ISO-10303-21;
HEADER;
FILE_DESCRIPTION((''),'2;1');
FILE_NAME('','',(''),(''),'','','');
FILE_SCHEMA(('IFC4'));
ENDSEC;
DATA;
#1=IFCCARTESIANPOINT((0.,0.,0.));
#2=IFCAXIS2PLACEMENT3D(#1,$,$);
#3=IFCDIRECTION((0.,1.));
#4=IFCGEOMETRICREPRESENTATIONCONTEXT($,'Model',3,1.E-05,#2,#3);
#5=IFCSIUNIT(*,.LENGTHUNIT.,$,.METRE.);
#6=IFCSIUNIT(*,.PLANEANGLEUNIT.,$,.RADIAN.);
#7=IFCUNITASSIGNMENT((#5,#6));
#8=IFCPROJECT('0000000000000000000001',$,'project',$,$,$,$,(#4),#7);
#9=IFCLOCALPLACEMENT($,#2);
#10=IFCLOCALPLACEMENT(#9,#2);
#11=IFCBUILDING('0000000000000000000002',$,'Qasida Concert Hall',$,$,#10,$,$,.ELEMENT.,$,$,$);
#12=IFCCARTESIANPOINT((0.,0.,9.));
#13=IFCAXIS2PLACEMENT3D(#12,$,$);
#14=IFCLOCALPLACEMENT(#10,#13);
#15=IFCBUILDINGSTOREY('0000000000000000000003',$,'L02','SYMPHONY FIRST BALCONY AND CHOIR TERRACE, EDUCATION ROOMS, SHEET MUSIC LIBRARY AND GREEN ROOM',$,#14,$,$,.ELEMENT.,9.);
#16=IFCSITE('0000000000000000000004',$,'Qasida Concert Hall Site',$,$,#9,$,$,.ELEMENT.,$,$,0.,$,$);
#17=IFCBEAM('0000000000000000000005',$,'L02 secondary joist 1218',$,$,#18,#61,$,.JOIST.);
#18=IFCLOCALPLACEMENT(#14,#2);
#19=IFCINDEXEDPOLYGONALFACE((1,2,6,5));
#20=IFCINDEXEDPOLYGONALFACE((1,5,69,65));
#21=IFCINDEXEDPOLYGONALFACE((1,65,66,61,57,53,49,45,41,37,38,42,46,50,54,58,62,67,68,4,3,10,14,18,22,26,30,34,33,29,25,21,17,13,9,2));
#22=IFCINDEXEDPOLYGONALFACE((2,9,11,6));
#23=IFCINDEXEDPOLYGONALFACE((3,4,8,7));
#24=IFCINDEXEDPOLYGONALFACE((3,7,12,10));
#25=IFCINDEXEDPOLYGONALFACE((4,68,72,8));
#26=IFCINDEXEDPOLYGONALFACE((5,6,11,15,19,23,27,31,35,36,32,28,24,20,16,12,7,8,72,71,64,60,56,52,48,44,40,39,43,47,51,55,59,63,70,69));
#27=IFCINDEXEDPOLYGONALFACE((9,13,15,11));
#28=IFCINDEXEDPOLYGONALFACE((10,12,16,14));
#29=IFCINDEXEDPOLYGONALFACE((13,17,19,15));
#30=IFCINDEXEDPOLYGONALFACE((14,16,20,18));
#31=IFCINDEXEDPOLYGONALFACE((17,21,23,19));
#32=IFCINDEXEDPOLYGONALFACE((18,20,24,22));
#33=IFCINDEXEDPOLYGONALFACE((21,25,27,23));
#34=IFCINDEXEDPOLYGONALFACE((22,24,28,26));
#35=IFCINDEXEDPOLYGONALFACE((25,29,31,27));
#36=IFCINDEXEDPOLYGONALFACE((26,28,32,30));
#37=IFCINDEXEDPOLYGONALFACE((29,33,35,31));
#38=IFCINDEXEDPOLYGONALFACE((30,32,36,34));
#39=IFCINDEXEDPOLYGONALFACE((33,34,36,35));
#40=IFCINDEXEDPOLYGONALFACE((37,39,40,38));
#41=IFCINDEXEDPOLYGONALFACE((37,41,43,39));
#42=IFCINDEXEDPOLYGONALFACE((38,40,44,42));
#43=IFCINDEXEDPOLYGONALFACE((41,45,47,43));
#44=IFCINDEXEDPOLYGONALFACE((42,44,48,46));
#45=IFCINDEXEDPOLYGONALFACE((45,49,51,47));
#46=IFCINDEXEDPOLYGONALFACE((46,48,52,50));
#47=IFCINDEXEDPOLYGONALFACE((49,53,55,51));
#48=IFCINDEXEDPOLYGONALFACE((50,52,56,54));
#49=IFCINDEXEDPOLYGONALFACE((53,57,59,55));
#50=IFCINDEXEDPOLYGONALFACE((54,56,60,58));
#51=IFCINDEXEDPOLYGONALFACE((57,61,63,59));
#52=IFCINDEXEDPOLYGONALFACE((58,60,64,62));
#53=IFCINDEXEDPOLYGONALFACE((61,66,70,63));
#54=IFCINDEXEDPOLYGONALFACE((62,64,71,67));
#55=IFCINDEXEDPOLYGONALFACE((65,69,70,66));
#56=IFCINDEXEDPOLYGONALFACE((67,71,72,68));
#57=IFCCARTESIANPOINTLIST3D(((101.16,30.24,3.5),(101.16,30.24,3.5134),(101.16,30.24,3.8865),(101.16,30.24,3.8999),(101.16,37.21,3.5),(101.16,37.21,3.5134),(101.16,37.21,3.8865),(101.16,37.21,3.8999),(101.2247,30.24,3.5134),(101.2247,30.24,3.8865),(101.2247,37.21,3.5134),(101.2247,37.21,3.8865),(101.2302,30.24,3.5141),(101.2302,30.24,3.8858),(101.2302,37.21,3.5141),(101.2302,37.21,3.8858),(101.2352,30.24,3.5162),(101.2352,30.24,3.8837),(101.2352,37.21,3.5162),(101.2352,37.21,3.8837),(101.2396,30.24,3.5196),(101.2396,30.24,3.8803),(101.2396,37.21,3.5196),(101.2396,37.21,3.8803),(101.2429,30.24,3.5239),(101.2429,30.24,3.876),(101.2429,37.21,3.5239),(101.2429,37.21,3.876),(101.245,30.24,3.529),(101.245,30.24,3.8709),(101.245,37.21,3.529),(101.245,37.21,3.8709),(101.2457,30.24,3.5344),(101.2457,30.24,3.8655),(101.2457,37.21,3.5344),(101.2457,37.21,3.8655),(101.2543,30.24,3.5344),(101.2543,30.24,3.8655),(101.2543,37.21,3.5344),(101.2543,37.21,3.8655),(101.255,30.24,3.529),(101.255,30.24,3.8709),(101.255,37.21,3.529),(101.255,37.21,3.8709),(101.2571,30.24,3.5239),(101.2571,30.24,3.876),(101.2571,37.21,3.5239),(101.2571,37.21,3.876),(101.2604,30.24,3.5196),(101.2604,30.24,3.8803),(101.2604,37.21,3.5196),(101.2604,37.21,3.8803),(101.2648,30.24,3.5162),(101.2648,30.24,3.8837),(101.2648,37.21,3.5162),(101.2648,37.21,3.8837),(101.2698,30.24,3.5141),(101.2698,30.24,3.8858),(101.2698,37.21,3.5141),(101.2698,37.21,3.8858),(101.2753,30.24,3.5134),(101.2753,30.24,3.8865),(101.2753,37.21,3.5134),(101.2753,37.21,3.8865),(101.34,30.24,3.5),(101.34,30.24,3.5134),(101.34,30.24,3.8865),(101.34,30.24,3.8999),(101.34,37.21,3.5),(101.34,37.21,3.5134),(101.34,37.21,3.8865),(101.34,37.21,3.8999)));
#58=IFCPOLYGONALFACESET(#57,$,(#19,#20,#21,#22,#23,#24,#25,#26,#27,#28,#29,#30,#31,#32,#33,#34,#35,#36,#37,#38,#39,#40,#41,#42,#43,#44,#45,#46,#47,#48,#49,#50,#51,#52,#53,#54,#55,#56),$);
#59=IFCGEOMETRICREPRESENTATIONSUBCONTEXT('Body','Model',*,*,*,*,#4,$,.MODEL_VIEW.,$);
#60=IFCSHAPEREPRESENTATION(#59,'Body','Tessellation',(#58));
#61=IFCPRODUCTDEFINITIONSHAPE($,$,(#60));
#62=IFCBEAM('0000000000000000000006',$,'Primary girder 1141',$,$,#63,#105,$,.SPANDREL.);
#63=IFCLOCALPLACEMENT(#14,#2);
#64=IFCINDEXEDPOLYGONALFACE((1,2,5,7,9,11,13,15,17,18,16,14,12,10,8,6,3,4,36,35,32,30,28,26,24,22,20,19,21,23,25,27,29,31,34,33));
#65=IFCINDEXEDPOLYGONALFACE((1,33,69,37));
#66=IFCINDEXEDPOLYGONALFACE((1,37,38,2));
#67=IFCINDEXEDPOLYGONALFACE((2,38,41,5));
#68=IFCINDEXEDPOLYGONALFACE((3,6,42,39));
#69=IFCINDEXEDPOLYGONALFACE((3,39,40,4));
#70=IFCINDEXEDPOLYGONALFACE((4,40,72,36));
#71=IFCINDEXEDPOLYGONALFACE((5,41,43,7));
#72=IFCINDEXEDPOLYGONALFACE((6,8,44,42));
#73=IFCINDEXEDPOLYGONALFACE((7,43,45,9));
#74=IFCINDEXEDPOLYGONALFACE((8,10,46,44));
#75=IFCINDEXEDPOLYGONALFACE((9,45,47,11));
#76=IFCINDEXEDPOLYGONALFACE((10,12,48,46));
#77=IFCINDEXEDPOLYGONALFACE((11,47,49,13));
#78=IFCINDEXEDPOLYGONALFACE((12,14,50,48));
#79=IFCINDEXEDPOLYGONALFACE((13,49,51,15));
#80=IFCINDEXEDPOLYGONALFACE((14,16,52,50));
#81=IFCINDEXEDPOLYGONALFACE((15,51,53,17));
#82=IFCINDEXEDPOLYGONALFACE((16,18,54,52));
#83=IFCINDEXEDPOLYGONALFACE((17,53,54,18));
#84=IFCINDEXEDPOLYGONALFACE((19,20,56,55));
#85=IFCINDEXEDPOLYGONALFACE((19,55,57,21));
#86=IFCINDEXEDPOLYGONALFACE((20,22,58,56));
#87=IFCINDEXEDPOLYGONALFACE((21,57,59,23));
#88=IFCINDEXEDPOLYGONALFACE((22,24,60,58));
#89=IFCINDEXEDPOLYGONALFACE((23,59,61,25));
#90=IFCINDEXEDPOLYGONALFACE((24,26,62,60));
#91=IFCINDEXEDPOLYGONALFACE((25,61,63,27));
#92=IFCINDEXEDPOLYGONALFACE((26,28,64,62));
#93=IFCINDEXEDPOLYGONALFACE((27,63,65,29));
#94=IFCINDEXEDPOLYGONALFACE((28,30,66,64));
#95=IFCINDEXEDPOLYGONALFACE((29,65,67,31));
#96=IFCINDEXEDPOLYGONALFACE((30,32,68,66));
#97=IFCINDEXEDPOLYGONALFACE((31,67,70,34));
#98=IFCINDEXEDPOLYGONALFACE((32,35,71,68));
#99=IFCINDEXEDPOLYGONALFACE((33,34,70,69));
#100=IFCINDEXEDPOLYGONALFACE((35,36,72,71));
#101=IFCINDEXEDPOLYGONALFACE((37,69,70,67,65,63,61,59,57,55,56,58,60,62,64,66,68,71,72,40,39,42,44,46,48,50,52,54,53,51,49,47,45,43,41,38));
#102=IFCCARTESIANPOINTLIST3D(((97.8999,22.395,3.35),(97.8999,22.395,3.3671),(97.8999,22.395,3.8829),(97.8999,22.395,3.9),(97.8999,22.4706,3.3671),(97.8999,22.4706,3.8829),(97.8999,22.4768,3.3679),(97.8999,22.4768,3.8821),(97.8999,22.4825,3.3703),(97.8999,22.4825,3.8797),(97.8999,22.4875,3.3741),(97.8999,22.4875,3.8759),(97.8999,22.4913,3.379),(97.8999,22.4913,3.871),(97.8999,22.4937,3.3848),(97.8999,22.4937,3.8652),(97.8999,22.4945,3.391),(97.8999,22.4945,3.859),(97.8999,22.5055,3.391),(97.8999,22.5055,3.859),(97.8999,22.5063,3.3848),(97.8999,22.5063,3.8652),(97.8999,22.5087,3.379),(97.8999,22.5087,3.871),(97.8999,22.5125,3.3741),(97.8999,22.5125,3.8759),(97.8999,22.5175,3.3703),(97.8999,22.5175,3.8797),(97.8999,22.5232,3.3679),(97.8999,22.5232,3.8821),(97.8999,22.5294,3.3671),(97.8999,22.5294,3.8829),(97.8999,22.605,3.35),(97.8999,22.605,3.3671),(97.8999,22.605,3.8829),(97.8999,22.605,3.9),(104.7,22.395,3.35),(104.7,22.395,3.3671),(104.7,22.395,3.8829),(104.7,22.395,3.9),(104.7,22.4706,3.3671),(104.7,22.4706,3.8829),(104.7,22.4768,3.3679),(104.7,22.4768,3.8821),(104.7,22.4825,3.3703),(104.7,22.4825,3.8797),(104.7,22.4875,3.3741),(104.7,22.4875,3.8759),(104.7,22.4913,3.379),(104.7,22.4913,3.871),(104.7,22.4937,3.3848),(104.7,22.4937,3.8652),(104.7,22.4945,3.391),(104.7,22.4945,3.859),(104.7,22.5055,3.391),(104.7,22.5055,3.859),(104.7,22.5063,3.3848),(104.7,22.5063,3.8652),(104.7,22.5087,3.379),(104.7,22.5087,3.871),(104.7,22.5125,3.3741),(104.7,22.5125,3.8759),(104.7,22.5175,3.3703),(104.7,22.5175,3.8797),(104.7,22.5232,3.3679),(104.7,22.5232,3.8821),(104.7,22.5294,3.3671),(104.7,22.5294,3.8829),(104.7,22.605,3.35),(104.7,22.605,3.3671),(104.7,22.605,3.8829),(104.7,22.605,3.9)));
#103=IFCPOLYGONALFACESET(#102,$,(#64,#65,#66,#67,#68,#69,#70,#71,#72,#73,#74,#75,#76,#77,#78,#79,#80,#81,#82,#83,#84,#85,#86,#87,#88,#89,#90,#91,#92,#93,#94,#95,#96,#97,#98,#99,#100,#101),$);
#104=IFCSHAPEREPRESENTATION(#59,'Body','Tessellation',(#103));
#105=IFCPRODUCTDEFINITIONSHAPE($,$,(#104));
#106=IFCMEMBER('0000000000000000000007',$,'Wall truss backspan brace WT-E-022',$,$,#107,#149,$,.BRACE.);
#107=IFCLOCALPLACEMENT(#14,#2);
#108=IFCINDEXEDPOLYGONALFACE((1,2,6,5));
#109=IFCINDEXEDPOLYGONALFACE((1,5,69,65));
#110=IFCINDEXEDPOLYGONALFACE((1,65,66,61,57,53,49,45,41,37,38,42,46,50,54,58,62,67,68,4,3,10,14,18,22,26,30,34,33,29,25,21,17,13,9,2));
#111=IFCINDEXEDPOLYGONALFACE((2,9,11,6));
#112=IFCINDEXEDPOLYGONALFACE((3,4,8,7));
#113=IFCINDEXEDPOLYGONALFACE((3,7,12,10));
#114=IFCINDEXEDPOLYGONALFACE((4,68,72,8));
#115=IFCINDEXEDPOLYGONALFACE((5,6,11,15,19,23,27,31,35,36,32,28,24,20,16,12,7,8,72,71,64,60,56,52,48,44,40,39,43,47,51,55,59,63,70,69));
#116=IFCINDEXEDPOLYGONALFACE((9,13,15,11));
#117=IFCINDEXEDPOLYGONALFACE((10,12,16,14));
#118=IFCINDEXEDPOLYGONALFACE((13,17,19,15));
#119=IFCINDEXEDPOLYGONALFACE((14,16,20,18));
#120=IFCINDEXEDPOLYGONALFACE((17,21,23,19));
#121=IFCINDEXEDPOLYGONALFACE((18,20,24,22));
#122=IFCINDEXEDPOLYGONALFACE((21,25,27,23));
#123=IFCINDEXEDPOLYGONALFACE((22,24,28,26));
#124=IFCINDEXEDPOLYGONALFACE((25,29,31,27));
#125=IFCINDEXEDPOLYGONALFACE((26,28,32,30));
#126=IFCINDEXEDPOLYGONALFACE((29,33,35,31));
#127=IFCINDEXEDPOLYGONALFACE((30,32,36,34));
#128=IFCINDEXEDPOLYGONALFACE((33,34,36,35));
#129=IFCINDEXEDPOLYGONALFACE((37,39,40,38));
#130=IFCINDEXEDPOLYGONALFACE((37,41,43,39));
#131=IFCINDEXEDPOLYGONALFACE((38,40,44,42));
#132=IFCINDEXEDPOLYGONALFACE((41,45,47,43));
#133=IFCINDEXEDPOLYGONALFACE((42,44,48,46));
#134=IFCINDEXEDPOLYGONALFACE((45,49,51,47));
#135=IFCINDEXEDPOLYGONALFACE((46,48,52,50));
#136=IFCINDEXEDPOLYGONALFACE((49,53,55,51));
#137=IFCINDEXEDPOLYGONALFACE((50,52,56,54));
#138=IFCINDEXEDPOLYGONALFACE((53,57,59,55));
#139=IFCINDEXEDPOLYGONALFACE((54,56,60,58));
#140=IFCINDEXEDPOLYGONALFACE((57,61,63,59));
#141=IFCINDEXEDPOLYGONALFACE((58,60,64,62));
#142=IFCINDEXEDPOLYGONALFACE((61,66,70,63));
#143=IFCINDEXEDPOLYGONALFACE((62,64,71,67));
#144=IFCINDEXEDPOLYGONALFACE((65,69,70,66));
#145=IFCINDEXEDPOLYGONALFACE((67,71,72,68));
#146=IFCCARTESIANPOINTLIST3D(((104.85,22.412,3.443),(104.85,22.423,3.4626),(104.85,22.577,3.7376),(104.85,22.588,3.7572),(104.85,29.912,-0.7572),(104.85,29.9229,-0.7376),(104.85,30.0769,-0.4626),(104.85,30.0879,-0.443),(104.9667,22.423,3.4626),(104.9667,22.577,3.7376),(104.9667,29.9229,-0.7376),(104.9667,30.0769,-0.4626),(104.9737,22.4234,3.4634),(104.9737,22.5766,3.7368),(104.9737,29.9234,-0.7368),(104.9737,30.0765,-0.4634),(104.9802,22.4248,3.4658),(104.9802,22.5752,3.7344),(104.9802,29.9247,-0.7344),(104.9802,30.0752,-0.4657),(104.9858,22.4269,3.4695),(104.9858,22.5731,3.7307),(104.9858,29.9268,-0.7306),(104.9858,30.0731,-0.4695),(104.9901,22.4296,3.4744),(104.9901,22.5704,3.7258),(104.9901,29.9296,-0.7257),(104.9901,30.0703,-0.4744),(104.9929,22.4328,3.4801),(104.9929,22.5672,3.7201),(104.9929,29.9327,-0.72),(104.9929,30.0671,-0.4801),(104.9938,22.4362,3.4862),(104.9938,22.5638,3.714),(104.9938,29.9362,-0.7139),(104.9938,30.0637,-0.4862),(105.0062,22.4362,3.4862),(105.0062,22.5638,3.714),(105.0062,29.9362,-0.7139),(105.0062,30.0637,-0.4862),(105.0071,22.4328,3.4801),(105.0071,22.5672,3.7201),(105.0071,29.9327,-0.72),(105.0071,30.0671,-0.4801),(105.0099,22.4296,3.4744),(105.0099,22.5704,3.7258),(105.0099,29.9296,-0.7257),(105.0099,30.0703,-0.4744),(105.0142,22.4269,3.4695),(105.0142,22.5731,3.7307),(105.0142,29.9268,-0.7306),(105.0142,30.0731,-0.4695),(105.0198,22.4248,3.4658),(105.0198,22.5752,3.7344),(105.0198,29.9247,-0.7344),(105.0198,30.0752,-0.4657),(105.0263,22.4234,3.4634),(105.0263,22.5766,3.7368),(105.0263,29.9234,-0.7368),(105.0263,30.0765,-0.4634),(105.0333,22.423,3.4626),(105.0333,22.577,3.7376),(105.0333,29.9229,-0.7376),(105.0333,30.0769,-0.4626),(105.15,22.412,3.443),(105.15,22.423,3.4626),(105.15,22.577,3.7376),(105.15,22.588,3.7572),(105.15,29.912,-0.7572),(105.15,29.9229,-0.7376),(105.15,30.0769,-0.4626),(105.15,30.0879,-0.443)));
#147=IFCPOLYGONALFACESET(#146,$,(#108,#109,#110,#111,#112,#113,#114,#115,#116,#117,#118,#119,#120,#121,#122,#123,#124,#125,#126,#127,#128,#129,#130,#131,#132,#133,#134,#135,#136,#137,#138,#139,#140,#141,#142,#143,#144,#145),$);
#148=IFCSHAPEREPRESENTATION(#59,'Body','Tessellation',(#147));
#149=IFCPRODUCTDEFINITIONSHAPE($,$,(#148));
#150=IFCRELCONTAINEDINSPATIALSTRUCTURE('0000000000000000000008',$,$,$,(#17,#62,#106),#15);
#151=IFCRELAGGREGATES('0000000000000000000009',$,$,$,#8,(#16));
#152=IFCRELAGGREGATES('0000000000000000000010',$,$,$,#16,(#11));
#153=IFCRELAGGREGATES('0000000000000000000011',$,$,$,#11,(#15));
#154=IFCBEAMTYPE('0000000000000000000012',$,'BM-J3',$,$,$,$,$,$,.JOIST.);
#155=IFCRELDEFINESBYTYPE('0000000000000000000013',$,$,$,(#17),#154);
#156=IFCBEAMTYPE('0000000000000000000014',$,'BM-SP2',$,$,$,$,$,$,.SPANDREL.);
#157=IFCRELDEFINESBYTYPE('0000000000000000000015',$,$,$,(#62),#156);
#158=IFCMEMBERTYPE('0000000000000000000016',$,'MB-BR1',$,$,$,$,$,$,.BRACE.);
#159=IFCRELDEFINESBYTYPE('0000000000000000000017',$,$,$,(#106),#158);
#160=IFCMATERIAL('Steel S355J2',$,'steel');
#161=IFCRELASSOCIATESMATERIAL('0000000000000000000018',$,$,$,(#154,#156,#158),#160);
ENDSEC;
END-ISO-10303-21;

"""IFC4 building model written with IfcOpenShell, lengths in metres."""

from ifc_helpers import new_model, si_unit, direction, frame, origin, origin_2d, place, context, subcontext, project, spatial, i_section, extrude, material, material_profile, profile_set, type_object, element, save


model = new_model("IFC4")

# Units and contexts
model_context = context("Model", 3, precision=1e-05, world=origin(), true_north=direction((0.0, 1.0)))
body_context = subcontext(model_context, "Body", "Model", "MODEL_VIEW")
ifc_project = project(units=[si_unit("LENGTHUNIT", "METRE"), si_unit("PLANEANGLEUNIT", "RADIAN")], contexts=[model_context])

# Site, building, storey
site_placement = place(None, origin())
site = spatial("IfcSite", under=ifc_project, at=site_placement, Name="Qasida Concert Hall Site", CompositionType="ELEMENT", RefElevation=0.0)
building_placement = place(site_placement, origin())
building = spatial("IfcBuilding", under=site, at=building_placement, Name="Qasida Concert Hall", CompositionType="ELEMENT")
storey_placement = place(building_placement, frame((0.0, 0.0, 9.0)))
storey = spatial("IfcBuildingStorey", under=building, at=storey_placement, Name="L02", Description="SYMPHONY FIRST BALCONY AND CHOIR TERRACE, EDUCATION ROOMS, SHEET MUSIC LIBRARY AND GREEN ROOM", CompositionType="ELEMENT", Elevation=9.0)

# Beams
ifc_material_1 = material(Name="Steel S355J2", Category="steel")
ifc_material_profile_1 = material_profile(ifc_material_1, i_section(OverallWidth=0.1799, OverallDepth=0.3999, WebThickness=0.0085, FlangeThickness=0.0134, FilletRadius=0.021, at=origin_2d()), Name="IPE 400")
ifc_profile_set_1 = profile_set([ifc_material_profile_1], Name="Steel S355J2")
beam_type_1 = type_object("IfcBeamType", Name="BM-J3", PredefinedType="JOIST", material=ifc_profile_set_1)
beam_1_placement = place(storey_placement, frame((101.25, 30.24, 3.7), z_axis=(0.0, 1.0, 0.0), x_axis=(-1.0, 0.0, 0.0)))
element("IfcBeam", 1, at=beam_1_placement, inside=storey, type_object=beam_type_1, Name="L02 secondary joist 1218", PredefinedType="JOIST", context=body_context, shape_type="SweptSolid", body=[
    extrude(i_section(OverallWidth=0.1799, OverallDepth=0.3999, WebThickness=0.0085, FlangeThickness=0.0134, FilletRadius=0.021, at=origin_2d()), origin(), (0.0, 0.0, 1.0), 6.97),
])
ifc_material_profile_2 = material_profile(ifc_material_1, i_section(OverallWidth=0.21, OverallDepth=0.55, WebThickness=0.011, FlangeThickness=0.0171, FilletRadius=0.0239, at=origin_2d()), Name="IPE 550")
ifc_profile_set_2 = profile_set([ifc_material_profile_2], Name="Steel S355J2")
beam_type_2 = type_object("IfcBeamType", Name="BM-SP2", PredefinedType="SPANDREL", material=ifc_profile_set_2)
beam_2_placement = place(storey_placement, frame((97.8999, 22.5, 3.625), z_axis=(1.0, 0.0, 0.0), x_axis=(0.0, 1.0, 0.0)))
element("IfcBeam", 2, at=beam_2_placement, inside=storey, type_object=beam_type_2, Name="Primary girder 1141", PredefinedType="SPANDREL", context=body_context, shape_type="SweptSolid", body=[
    extrude(i_section(OverallWidth=0.21, OverallDepth=0.55, WebThickness=0.011, FlangeThickness=0.0171, FilletRadius=0.0239, at=origin_2d()), origin(), (0.0, 0.0, 1.0), 6.8),
])

# Member
ifc_material_profile_3 = material_profile(ifc_material_1, i_section(OverallWidth=0.3, OverallDepth=0.3601, WebThickness=0.0125, FlangeThickness=0.0225, FilletRadius=0.0271, at=origin_2d()), Name="HEB 360")
ifc_profile_set_3 = profile_set([ifc_material_profile_3], Name="Steel S355J2")
member_type_1 = type_object("IfcMemberType", Name="MB-BR1", PredefinedType="BRACE", material=ifc_profile_set_3)
member_1_placement = place(storey_placement, frame((105.0, 22.5, 3.6001), z_axis=(0.0, 0.872496, -0.488621), x_axis=(-1.0, 0.0, 0.0)))
element("IfcMember", 3, at=member_1_placement, inside=storey, type_object=member_type_1, Name="Wall truss backspan brace WT-E-022", PredefinedType="BRACE", context=body_context, shape_type="SweptSolid", body=[
    extrude(i_section(OverallWidth=0.3, OverallDepth=0.3601, WebThickness=0.0125, FlangeThickness=0.0225, FilletRadius=0.0271, at=origin_2d()), origin(), (0.0, 0.0, 1.0), 8.5959),
])

save(model, "model.ifc")
